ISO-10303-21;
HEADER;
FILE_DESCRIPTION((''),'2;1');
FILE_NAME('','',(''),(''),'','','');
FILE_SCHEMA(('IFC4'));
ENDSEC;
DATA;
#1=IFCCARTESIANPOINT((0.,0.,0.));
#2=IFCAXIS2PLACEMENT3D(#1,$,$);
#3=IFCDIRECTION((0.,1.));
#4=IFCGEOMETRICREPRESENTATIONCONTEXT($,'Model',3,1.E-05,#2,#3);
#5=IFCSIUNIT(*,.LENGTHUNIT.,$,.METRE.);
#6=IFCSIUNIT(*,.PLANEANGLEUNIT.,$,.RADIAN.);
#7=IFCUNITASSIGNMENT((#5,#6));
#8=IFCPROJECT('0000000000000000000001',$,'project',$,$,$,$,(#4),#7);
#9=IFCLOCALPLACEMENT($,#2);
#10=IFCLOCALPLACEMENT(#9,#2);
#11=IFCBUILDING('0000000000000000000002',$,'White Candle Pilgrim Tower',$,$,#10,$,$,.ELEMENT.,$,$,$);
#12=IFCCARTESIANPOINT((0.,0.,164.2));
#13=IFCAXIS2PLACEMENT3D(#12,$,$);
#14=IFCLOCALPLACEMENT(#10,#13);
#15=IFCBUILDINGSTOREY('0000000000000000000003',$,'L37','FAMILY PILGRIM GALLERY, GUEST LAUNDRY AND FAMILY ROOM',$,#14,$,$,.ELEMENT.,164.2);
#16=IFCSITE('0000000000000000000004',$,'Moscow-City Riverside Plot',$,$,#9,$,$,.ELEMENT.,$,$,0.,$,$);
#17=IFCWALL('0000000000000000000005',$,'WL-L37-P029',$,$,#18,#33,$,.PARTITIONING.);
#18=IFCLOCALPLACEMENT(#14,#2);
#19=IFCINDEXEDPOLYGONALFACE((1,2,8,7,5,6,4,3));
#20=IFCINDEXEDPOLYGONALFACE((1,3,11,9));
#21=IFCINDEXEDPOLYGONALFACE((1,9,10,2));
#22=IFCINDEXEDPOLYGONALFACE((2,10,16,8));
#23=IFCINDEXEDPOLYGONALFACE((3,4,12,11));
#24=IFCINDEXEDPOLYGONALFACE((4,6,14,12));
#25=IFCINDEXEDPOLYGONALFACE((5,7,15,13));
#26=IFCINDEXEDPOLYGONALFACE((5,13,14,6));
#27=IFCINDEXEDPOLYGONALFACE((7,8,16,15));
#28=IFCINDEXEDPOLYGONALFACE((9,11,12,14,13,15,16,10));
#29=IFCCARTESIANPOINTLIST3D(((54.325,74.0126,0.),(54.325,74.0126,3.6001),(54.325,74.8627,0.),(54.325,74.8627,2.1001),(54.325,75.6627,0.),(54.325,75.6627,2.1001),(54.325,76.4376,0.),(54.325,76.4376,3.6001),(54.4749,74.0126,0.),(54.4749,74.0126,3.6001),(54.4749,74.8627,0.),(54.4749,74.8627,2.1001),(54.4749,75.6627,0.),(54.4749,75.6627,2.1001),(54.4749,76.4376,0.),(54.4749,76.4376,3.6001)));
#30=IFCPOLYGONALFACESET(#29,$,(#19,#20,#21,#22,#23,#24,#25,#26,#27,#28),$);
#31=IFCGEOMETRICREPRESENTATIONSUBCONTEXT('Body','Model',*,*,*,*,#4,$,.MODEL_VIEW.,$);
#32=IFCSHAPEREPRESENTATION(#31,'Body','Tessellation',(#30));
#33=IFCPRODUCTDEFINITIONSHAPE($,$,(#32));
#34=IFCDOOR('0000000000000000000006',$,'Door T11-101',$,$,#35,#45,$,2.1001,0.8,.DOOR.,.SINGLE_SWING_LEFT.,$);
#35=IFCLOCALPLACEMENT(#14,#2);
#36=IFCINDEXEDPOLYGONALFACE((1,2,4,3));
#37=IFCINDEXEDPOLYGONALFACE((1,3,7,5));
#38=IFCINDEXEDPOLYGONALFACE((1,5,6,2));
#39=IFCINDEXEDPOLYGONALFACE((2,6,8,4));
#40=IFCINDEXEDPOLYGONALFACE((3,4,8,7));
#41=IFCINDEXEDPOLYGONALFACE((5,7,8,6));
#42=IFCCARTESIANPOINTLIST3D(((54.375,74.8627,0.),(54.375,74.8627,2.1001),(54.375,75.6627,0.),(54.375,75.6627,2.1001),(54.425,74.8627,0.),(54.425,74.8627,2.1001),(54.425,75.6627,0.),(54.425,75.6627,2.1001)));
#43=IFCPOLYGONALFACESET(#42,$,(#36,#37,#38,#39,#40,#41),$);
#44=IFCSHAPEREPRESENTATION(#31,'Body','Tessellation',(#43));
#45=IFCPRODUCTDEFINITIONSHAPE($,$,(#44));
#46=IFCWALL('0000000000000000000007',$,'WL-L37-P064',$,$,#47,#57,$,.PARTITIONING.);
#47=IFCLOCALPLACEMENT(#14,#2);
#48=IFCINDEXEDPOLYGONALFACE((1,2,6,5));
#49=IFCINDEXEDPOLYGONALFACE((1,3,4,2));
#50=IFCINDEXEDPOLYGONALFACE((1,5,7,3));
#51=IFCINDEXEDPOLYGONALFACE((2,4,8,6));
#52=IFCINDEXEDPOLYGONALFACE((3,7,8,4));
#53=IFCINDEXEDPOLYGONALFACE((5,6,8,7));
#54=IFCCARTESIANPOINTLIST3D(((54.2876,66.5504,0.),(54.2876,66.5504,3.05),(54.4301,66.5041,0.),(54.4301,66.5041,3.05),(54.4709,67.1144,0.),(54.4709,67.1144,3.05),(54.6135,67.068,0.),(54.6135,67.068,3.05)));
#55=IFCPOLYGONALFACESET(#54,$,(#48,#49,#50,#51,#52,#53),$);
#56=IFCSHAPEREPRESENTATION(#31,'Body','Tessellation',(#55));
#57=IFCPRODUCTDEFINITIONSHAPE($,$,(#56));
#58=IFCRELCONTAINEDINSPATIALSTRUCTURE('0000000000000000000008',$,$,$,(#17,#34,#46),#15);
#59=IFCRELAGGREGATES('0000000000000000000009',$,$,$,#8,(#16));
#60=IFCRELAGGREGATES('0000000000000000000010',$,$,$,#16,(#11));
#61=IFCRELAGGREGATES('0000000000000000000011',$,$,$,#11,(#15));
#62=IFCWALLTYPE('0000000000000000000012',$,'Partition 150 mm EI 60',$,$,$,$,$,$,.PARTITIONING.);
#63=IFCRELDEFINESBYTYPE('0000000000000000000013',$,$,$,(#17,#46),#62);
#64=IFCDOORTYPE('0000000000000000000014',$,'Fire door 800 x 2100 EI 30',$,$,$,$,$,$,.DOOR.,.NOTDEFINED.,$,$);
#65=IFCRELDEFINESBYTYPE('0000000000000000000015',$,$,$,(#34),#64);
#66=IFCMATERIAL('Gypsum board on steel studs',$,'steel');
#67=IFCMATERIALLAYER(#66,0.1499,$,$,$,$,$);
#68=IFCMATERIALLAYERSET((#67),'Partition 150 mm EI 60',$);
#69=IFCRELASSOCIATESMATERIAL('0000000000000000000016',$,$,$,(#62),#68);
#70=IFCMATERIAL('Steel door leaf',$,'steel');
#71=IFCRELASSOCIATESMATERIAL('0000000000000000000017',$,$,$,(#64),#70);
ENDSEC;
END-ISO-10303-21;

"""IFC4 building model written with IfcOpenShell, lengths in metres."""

from ifc_helpers import new_model, si_unit, direction, frame, frame_2d, origin, place, context, subcontext, project, spatial, rectangle, extrude, material, layer, layer_set, type_object, element, fill, save


model = new_model("IFC4")

# Units and contexts
model_context = context("Model", 3, precision=1e-05, world=origin(), true_north=direction((0.0, 1.0)))
body_context = subcontext(model_context, "Body", "Model", "MODEL_VIEW")
ifc_project = project(units=[si_unit("LENGTHUNIT", "METRE"), si_unit("PLANEANGLEUNIT", "RADIAN")], contexts=[model_context])

# Site, building, storey
site_placement = place(None, origin())
site = spatial("IfcSite", under=ifc_project, at=site_placement, Name="Moscow-City Riverside Plot", CompositionType="ELEMENT", RefElevation=0.0)
building_placement = place(site_placement, origin())
building = spatial("IfcBuilding", under=site, at=building_placement, Name="White Candle Pilgrim Tower", CompositionType="ELEMENT")
storey_placement = place(building_placement, frame((0.0, 0.0, 164.2)))
storey = spatial("IfcBuildingStorey", under=building, at=storey_placement, Name="L37", Description="FAMILY PILGRIM GALLERY, GUEST LAUNDRY AND FAMILY ROOM", CompositionType="ELEMENT", Elevation=164.2)

# Shared definitions
ifc_material_1 = material(Name="Gypsum board on steel studs", Category="steel")
ifc_material_2 = material(Name="Steel door leaf", Category="steel")

# Shared definitions
ifc_layer_1 = layer(ifc_material_1, 0.1499)
ifc_layer_set_1 = layer_set([ifc_layer_1], Name="Partition 150 mm EI 60")
wall_type_1 = type_object("IfcWallType", Name="Partition 150 mm EI 60", PredefinedType="PARTITIONING", material=ifc_layer_set_1)

# Wall, opening, door
wall_1_placement = place(storey_placement, frame((54.3999, 74.0127, 0.0), z_axis=(0.0, 0.0, 1.0), x_axis=(0.0, 1.0, 0.0)))
wall_1 = element("IfcWall", 1, at=wall_1_placement, inside=storey, type_object=wall_type_1, Name="WL-L37-P029", PredefinedType="PARTITIONING", context=body_context, shape_type="SweptSolid", body=[
    extrude(rectangle(XDim=2.425, YDim=0.1499, at=frame_2d((1.2124, 0.0))), origin(), (0.0, 0.0, 1.0), 3.6001),
])
opening_1_placement = place(wall_1_placement, frame((0.8501, 0.0, 0.0)))
opening_1 = element("IfcOpeningElement", 2, at=opening_1_placement, cuts=wall_1, PredefinedType="OPENING", context=body_context, shape_type="SweptSolid", body=[
    extrude(rectangle(XDim=0.8, YDim=2.1001, at=frame_2d((0.3999, 1.05))), frame((0.0, 0.085, 0.0), z_axis=(0.0, -1.0, 0.0), x_axis=(1.0, 0.0, 0.0)), (0.0, 0.0, 1.0), 0.1699),
])
door_type_1 = type_object("IfcDoorType", Name="Fire door 800 x 2100 EI 30", OperationType="NOTDEFINED", PredefinedType="DOOR", material=ifc_material_2)
door_1_placement = place(opening_1_placement, origin())
door_1 = element("IfcDoor", 3, at=door_1_placement, inside=storey, type_object=door_type_1, Name="Door T11-101", OperationType="SINGLE_SWING_LEFT", OverallHeight=2.1001, OverallWidth=0.8, PredefinedType="DOOR", context=body_context, shape_type="SweptSolid", body=[
    extrude(rectangle(XDim=0.8, YDim=2.1001, at=frame_2d((0.3999, 1.05))), frame((0.0, 0.0249, 0.0), z_axis=(0.0, -1.0, 0.0), x_axis=(1.0, 0.0, 0.0)), (0.0, 0.0, 1.0), 0.05),
])
fill(opening_1, door_1)

# Wall
wall_2_placement = place(storey_placement, frame((54.3589, 66.5273, 0.0), z_axis=(0.0, 0.0, 1.0), x_axis=(0.309179, 0.951004, 0.0)))
element("IfcWall", 4, at=wall_2_placement, inside=storey, type_object=wall_type_1, Name="WL-L37-P064", PredefinedType="PARTITIONING", context=body_context, shape_type="SweptSolid", body=[
    extrude(rectangle(XDim=0.593, YDim=0.1499, at=frame_2d((0.2964, 0.0))), origin(), (0.0, 0.0, 1.0), 3.05),
])

save(model, "model.ifc")
